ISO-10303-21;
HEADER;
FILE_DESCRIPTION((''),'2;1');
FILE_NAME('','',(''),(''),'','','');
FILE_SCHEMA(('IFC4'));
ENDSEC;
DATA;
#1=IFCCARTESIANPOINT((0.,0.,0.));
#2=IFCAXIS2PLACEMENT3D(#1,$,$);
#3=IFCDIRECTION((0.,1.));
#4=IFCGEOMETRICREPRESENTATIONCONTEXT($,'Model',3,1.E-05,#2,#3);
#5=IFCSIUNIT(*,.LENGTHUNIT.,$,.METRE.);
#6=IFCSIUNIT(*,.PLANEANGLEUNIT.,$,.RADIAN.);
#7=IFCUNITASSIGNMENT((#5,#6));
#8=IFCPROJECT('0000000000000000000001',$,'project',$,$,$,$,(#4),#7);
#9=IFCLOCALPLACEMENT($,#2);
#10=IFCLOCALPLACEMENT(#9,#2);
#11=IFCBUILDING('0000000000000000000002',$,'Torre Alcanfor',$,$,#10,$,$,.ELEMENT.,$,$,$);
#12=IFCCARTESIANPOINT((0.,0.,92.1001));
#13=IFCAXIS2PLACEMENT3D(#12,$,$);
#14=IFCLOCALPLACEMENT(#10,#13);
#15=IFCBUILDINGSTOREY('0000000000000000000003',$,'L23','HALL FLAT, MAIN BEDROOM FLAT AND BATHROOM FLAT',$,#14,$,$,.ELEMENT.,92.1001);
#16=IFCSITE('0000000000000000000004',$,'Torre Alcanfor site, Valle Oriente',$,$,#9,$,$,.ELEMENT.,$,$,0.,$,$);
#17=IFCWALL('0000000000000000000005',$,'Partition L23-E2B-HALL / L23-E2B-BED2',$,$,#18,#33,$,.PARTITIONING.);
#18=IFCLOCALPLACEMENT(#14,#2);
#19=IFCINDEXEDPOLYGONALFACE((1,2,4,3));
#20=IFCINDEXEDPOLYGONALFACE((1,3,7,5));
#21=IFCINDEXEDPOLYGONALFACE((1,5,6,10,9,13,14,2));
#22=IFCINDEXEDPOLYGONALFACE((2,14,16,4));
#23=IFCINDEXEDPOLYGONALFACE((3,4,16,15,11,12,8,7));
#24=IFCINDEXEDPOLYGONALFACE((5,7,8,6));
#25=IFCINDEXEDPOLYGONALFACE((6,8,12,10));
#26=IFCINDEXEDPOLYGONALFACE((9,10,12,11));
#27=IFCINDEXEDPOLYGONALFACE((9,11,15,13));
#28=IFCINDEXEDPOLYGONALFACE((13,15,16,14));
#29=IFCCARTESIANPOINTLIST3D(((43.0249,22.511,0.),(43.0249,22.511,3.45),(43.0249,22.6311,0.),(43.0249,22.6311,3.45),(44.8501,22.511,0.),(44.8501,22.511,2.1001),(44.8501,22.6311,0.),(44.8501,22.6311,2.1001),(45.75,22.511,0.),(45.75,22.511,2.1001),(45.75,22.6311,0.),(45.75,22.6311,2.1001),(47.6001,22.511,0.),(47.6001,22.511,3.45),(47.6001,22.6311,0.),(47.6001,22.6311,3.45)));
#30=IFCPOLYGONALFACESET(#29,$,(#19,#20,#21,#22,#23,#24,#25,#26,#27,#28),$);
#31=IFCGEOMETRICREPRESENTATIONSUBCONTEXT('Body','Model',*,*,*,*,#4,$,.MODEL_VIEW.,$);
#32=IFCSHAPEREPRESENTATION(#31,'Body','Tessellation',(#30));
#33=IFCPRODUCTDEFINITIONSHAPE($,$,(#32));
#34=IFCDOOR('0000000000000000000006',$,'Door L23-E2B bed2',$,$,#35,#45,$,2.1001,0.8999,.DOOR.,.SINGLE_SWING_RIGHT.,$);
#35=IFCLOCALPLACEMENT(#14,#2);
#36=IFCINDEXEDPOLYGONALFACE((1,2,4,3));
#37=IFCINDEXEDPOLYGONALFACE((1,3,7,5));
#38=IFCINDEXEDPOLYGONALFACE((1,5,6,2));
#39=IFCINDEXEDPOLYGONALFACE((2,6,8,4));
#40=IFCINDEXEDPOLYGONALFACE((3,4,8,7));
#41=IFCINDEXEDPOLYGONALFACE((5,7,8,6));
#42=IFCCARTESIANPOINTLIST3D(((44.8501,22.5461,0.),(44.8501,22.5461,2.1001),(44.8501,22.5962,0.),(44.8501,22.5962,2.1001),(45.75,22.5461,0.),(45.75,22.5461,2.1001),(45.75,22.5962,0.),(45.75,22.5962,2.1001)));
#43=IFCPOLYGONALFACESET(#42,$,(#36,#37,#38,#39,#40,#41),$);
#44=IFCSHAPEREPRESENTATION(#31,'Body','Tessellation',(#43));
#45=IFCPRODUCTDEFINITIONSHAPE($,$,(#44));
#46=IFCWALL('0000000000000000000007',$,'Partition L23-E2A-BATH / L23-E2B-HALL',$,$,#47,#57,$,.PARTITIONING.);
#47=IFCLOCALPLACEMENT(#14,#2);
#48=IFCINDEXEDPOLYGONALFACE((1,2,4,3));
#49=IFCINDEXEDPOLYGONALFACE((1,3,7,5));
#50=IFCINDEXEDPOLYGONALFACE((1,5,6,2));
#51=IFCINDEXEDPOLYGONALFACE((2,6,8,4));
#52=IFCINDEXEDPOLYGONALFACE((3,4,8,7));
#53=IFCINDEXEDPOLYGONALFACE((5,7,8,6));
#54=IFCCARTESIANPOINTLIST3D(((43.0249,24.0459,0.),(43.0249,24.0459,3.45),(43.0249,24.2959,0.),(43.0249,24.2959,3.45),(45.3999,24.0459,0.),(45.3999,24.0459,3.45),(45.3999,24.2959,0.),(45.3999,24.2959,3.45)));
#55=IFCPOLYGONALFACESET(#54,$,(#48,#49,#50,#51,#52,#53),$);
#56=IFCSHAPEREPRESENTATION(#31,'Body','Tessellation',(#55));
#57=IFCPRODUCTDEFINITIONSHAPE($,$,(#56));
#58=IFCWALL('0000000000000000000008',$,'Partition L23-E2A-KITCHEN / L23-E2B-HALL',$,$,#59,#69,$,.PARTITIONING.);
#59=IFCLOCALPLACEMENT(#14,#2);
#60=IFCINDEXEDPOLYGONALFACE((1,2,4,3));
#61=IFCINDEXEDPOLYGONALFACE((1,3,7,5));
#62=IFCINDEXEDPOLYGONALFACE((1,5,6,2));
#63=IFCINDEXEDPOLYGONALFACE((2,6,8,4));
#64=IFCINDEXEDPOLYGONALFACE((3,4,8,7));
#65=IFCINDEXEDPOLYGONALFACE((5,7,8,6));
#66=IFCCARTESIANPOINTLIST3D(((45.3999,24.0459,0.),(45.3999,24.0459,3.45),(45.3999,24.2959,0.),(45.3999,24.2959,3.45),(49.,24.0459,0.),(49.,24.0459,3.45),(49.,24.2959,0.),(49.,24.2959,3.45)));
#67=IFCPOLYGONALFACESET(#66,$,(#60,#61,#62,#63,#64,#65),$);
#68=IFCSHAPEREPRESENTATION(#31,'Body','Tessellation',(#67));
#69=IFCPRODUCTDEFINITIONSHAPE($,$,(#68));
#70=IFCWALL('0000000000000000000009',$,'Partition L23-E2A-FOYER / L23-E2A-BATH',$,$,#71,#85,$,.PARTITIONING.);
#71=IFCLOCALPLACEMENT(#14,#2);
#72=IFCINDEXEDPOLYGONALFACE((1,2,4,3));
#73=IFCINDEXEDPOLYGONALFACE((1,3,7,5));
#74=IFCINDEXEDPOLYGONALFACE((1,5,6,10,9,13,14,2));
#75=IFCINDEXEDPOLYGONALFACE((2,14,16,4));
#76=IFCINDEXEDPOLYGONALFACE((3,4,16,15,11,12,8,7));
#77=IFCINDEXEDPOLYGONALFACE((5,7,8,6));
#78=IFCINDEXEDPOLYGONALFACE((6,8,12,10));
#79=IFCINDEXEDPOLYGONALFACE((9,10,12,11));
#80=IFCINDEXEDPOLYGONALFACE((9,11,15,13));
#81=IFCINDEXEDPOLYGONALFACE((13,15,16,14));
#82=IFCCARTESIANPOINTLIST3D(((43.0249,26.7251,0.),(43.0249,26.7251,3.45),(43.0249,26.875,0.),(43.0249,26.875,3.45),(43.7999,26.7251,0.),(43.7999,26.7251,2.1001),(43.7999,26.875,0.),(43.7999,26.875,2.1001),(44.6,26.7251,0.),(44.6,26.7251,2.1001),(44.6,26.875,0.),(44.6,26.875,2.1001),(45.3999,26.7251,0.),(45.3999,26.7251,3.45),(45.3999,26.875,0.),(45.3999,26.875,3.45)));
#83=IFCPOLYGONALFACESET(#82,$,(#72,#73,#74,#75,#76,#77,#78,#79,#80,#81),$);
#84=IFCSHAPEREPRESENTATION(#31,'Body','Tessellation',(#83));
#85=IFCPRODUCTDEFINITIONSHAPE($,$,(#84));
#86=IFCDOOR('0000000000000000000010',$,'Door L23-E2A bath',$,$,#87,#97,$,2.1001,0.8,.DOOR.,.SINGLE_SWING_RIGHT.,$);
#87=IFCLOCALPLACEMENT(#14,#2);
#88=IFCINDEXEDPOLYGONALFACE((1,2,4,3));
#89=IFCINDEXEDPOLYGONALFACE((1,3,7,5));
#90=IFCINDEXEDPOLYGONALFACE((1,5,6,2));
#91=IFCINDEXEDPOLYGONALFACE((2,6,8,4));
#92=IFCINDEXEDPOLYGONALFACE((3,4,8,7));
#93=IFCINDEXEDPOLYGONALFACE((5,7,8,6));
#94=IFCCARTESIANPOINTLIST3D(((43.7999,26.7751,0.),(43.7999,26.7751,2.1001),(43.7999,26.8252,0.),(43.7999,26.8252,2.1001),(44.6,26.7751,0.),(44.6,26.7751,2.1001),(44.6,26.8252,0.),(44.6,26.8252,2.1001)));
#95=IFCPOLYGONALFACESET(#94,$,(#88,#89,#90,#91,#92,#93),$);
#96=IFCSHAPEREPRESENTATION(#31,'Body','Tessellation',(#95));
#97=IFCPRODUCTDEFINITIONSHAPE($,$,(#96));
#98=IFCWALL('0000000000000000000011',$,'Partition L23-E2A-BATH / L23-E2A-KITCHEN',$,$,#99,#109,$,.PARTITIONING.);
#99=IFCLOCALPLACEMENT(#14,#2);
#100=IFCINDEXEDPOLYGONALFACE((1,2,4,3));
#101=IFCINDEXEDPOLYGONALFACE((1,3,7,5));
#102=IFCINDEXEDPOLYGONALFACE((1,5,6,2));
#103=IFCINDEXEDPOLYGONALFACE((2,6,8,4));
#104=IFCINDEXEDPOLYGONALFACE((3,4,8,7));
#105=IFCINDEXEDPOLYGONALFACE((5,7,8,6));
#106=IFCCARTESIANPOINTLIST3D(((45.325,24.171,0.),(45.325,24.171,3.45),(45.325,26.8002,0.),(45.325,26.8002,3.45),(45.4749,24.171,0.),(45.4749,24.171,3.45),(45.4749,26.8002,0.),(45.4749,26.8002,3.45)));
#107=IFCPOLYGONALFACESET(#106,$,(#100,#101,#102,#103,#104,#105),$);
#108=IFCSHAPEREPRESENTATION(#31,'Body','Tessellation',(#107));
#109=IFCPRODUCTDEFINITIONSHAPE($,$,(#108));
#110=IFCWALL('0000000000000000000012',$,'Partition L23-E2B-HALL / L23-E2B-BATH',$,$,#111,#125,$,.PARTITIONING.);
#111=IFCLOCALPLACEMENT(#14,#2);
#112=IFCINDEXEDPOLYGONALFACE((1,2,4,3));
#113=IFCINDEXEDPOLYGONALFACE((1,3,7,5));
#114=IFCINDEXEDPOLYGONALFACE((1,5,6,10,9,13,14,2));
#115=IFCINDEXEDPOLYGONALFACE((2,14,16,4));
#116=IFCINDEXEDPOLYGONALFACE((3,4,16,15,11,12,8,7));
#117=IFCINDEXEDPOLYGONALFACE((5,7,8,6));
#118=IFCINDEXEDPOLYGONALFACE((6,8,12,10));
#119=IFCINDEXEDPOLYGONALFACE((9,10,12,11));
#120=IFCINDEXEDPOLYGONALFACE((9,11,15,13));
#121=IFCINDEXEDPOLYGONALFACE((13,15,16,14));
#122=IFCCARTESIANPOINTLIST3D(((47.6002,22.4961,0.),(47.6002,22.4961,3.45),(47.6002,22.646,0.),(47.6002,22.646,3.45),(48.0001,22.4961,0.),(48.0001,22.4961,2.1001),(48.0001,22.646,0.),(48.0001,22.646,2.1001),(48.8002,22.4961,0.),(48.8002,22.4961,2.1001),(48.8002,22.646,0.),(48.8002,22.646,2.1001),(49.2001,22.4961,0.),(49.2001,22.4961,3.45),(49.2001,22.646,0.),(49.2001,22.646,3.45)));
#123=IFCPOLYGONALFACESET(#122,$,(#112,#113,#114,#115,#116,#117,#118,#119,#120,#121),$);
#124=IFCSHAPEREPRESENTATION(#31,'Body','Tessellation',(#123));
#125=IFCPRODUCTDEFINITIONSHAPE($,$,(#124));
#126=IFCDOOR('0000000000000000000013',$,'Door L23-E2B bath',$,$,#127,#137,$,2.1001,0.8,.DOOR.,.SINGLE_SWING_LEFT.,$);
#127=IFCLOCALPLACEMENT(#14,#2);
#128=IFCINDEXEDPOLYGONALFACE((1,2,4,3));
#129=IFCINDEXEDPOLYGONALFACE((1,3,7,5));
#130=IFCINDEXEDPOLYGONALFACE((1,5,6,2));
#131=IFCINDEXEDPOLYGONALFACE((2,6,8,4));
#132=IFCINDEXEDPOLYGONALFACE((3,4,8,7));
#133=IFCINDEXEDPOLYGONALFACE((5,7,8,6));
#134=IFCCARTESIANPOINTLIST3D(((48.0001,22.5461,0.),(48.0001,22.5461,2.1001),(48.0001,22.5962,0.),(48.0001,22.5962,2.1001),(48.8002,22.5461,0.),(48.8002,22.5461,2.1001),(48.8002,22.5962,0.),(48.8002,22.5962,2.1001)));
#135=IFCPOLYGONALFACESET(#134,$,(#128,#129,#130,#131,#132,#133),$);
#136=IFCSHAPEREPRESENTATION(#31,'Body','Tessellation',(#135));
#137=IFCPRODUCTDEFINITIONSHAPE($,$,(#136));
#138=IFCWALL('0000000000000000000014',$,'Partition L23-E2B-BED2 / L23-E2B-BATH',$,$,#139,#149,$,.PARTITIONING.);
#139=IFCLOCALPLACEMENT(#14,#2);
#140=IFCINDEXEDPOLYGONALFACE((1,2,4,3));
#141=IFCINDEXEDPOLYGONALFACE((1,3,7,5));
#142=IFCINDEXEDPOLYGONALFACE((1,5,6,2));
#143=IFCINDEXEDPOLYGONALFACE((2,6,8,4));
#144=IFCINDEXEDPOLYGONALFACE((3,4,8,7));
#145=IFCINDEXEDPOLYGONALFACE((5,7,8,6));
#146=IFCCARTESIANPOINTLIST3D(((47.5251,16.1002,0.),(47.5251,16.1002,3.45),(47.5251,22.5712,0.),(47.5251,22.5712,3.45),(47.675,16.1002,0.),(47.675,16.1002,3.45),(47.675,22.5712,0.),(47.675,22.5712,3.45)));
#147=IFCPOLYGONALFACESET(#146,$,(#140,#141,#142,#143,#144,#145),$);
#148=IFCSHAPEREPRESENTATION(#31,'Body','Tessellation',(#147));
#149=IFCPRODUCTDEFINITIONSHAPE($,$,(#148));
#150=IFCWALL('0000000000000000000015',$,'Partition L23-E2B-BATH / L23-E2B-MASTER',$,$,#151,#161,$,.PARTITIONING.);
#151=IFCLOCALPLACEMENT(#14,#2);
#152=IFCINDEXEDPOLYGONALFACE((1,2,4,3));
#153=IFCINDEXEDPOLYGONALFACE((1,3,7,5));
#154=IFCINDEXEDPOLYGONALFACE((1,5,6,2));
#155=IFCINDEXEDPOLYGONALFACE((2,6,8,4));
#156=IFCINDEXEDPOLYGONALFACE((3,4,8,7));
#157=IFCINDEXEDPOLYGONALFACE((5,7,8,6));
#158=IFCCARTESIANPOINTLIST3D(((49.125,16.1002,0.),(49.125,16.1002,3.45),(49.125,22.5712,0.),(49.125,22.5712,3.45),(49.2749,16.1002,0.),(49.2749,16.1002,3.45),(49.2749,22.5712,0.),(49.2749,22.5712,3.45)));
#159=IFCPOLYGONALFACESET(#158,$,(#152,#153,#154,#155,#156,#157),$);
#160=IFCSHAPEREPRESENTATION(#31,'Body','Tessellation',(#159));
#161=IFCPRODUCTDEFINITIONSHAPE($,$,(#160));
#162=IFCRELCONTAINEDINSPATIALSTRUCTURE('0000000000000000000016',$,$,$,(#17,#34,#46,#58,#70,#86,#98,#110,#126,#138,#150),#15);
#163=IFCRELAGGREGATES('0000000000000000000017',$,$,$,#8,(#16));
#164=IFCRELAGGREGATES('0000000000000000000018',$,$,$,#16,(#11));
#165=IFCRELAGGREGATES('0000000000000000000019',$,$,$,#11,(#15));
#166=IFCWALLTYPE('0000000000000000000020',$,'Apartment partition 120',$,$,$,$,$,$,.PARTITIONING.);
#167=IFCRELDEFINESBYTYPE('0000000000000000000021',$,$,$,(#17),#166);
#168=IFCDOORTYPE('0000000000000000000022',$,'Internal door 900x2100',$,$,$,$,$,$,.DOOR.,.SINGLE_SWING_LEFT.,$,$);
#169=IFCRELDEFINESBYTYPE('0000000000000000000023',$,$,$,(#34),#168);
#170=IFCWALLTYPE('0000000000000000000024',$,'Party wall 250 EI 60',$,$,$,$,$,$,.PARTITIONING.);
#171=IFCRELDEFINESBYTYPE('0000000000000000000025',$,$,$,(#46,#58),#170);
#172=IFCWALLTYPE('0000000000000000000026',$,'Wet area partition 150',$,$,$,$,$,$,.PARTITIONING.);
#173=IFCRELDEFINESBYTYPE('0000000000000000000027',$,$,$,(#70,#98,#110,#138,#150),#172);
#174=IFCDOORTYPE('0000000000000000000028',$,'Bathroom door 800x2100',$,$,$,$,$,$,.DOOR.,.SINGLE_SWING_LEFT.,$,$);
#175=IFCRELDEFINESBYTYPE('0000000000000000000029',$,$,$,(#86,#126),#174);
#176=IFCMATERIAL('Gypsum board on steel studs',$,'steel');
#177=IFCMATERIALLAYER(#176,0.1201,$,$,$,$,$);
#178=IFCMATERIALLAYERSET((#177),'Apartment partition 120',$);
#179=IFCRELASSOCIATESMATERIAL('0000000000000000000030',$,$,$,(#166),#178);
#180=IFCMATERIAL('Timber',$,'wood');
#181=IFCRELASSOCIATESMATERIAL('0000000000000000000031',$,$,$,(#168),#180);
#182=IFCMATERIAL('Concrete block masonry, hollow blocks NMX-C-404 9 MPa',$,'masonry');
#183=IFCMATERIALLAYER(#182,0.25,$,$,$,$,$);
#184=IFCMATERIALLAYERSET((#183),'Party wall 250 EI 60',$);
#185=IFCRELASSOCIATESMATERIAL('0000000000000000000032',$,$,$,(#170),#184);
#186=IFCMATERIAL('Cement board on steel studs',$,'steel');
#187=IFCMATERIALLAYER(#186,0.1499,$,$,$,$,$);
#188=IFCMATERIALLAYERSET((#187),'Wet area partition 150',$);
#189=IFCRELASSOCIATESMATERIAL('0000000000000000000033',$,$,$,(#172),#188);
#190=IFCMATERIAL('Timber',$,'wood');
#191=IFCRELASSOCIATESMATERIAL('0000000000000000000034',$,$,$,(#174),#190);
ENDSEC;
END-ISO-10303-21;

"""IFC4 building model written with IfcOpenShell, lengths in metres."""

from ifc_helpers import new_model, si_unit, direction, frame, frame_2d, origin, place, context, subcontext, project, spatial, rectangle, extrude, material, layer, layer_set, type_object, element, fill, save


model = new_model("IFC4")

# Units and contexts
model_context = context("Model", 3, precision=1e-05, world=origin(), true_north=direction((0.0, 1.0)))
body_context = subcontext(model_context, "Body", "Model", "MODEL_VIEW")
ifc_project = project(units=[si_unit("LENGTHUNIT", "METRE"), si_unit("PLANEANGLEUNIT", "RADIAN")], contexts=[model_context])

# Site, building, storey
site_placement = place(None, origin())
site = spatial("IfcSite", under=ifc_project, at=site_placement, Name="Torre Alcanfor site, Valle Oriente", CompositionType="ELEMENT", RefElevation=0.0)
building_placement = place(site_placement, origin())
building = spatial("IfcBuilding", under=site, at=building_placement, Name="Torre Alcanfor", CompositionType="ELEMENT")
storey_placement = place(building_placement, frame((0.0, 0.0, 92.1001)))
storey = spatial("IfcBuildingStorey", under=building, at=storey_placement, Name="L23", Description="HALL FLAT, MAIN BEDROOM FLAT AND BATHROOM FLAT", CompositionType="ELEMENT", Elevation=92.1001)

# Wall, opening, door
ifc_material_1 = material(Name="Gypsum board on steel studs", Category="steel")
ifc_layer_1 = layer(ifc_material_1, 0.1201)
ifc_layer_set_1 = layer_set([ifc_layer_1], Name="Apartment partition 120")
wall_type_1 = type_object("IfcWallType", Name="Apartment partition 120", PredefinedType="PARTITIONING", material=ifc_layer_set_1)
wall_1_placement = place(storey_placement, frame((47.6001, 22.571, 0.0), z_axis=(0.0, 0.0, 1.0), x_axis=(-1.0, 0.0, 0.0)))
wall_1 = element("IfcWall", 1, at=wall_1_placement, inside=storey, type_object=wall_type_1, Name="Partition L23-E2B-HALL / L23-E2B-BED2", PredefinedType="PARTITIONING", context=body_context, shape_type="SweptSolid", body=[
    extrude(rectangle(XDim=4.5752, YDim=0.1201, at=frame_2d((2.2876, 0.0))), origin(), (0.0, 0.0, 1.0), 3.45),
])
opening_1_placement = place(wall_1_placement, frame((1.8501, 0.0, 0.0)))
opening_1 = element("IfcOpeningElement", 2, at=opening_1_placement, cuts=wall_1, PredefinedType="OPENING", context=body_context, shape_type="SweptSolid", body=[
    extrude(rectangle(XDim=0.8999, YDim=2.1001, at=frame_2d((0.45, 1.05))), frame((0.0, 0.0701, 0.0), z_axis=(0.0, -1.0, 0.0), x_axis=(1.0, 0.0, 0.0)), (0.0, 0.0, 1.0), 0.1401),
])
ifc_material_2 = material(Name="Timber", Category="wood")
door_type_1 = type_object("IfcDoorType", Name="Internal door 900x2100", OperationType="SINGLE_SWING_LEFT", PredefinedType="DOOR", material=ifc_material_2)
door_1_placement = place(opening_1_placement, origin())
door_1 = element("IfcDoor", 3, at=door_1_placement, inside=storey, type_object=door_type_1, Name="Door L23-E2B bed2", OperationType="SINGLE_SWING_RIGHT", OverallHeight=2.1001, OverallWidth=0.8999, PredefinedType="DOOR", context=body_context, shape_type="SweptSolid", body=[
    extrude(rectangle(XDim=0.8999, YDim=2.1001, at=frame_2d((0.45, 1.05))), frame((0.0, 0.0249, 0.0), z_axis=(0.0, -1.0, 0.0), x_axis=(1.0, 0.0, 0.0)), (0.0, 0.0, 1.0), 0.05),
])
fill(opening_1, door_1)

# Walls
ifc_material_3 = material(Name="Concrete block masonry, hollow blocks NMX-C-404 9 MPa", Category="masonry")
ifc_layer_2 = layer(ifc_material_3, 0.25)
ifc_layer_set_2 = layer_set([ifc_layer_2], Name="Party wall 250 EI 60")
wall_type_2 = type_object("IfcWallType", Name="Party wall 250 EI 60", PredefinedType="PARTITIONING", material=ifc_layer_set_2)
wall_2_placement = place(storey_placement, frame((45.3999, 24.1709, 0.0), z_axis=(0.0, 0.0, 1.0), x_axis=(-1.0, 0.0, 0.0)))
element("IfcWall", 4, at=wall_2_placement, inside=storey, type_object=wall_type_2, Name="Partition L23-E2A-BATH / L23-E2B-HALL", PredefinedType="PARTITIONING", context=body_context, shape_type="SweptSolid", body=[
    extrude(rectangle(XDim=2.375, YDim=0.25, at=frame_2d((1.1875, 0.0))), origin(), (0.0, 0.0, 1.0), 3.45),
])
wall_3_placement = place(storey_placement, frame((49.0, 24.1709, 0.0), z_axis=(0.0, 0.0, 1.0), x_axis=(-1.0, 0.0, 0.0)))
element("IfcWall", 5, at=wall_3_placement, inside=storey, type_object=wall_type_2, Name="Partition L23-E2A-KITCHEN / L23-E2B-HALL", PredefinedType="PARTITIONING", context=body_context, shape_type="SweptSolid", body=[
    extrude(rectangle(XDim=3.6001, YDim=0.25, at=frame_2d((1.8, 0.0))), origin(), (0.0, 0.0, 1.0), 3.45),
])

# Wall, opening, door
ifc_material_4 = material(Name="Cement board on steel studs", Category="steel")
ifc_layer_3 = layer(ifc_material_4, 0.1499)
ifc_layer_set_3 = layer_set([ifc_layer_3], Name="Wet area partition 150")
wall_type_3 = type_object("IfcWallType", Name="Wet area partition 150", PredefinedType="PARTITIONING", material=ifc_layer_set_3)
wall_4_placement = place(storey_placement, frame((45.3999, 26.8, 0.0), z_axis=(0.0, 0.0, 1.0), x_axis=(-1.0, 0.0, 0.0)))
wall_4 = element("IfcWall", 6, at=wall_4_placement, inside=storey, type_object=wall_type_3, Name="Partition L23-E2A-FOYER / L23-E2A-BATH", PredefinedType="PARTITIONING", context=body_context, shape_type="SweptSolid", body=[
    extrude(rectangle(XDim=2.375, YDim=0.1499, at=frame_2d((1.1875, 0.0))), origin(), (0.0, 0.0, 1.0), 3.45),
])
opening_2_placement = place(wall_4_placement, frame((0.8, 0.0, 0.0)))
opening_2 = element("IfcOpeningElement", 7, at=opening_2_placement, cuts=wall_4, PredefinedType="OPENING", context=body_context, shape_type="SweptSolid", body=[
    extrude(rectangle(XDim=0.8, YDim=2.1001, at=frame_2d((0.3999, 1.05))), frame((0.0, 0.085, 0.0), z_axis=(0.0, -1.0, 0.0), x_axis=(1.0, 0.0, 0.0)), (0.0, 0.0, 1.0), 0.1699),
])
ifc_material_5 = material(Name="Timber", Category="wood")
door_type_2 = type_object("IfcDoorType", Name="Bathroom door 800x2100", OperationType="SINGLE_SWING_LEFT", PredefinedType="DOOR", material=ifc_material_5)
door_2_placement = place(opening_2_placement, origin())
door_2 = element("IfcDoor", 8, at=door_2_placement, inside=storey, type_object=door_type_2, Name="Door L23-E2A bath", OperationType="SINGLE_SWING_RIGHT", OverallHeight=2.1001, OverallWidth=0.8, PredefinedType="DOOR", context=body_context, shape_type="SweptSolid", body=[
    extrude(rectangle(XDim=0.8, YDim=2.1001, at=frame_2d((0.3999, 1.05))), frame((0.0, 0.0249, 0.0), z_axis=(0.0, -1.0, 0.0), x_axis=(1.0, 0.0, 0.0)), (0.0, 0.0, 1.0), 0.05),
])
fill(opening_2, door_2)

# Wall
wall_5_placement = place(storey_placement, frame((45.3999, 26.8, 0.0), z_axis=(0.0, 0.0, 1.0), x_axis=(0.0, -1.0, 0.0)))
element("IfcWall", 9, at=wall_5_placement, inside=storey, type_object=wall_type_3, Name="Partition L23-E2A-BATH / L23-E2A-KITCHEN", PredefinedType="PARTITIONING", context=body_context, shape_type="SweptSolid", body=[
    extrude(rectangle(XDim=2.6292, YDim=0.1499, at=frame_2d((1.3145, 0.0))), origin(), (0.0, 0.0, 1.0), 3.45),
])

# Wall, opening, door
wall_6_placement = place(storey_placement, frame((49.2, 22.571, 0.0), z_axis=(0.0, 0.0, 1.0), x_axis=(-1.0, 0.0, 0.0)))
wall_6 = element("IfcWall", 10, at=wall_6_placement, inside=storey, type_object=wall_type_3, Name="Partition L23-E2B-HALL / L23-E2B-BATH", PredefinedType="PARTITIONING", context=body_context, shape_type="SweptSolid", body=[
    extrude(rectangle(XDim=1.5999, YDim=0.1499, at=frame_2d((0.7998, 0.0))), origin(), (0.0, 0.0, 1.0), 3.45),
])
opening_3_placement = place(wall_6_placement, frame((0.3999, 0.0, 0.0)))
opening_3 = element("IfcOpeningElement", 11, at=opening_3_placement, cuts=wall_6, PredefinedType="OPENING", context=body_context, shape_type="SweptSolid", body=[
    extrude(rectangle(XDim=0.8, YDim=2.1001, at=frame_2d((0.3999, 1.05))), frame((0.0, 0.085, 0.0), z_axis=(0.0, -1.0, 0.0), x_axis=(1.0, 0.0, 0.0)), (0.0, 0.0, 1.0), 0.1699),
])
door_3_placement = place(opening_3_placement, origin())
door_3 = element("IfcDoor", 12, at=door_3_placement, inside=storey, type_object=door_type_2, Name="Door L23-E2B bath", OperationType="SINGLE_SWING_LEFT", OverallHeight=2.1001, OverallWidth=0.8, PredefinedType="DOOR", context=body_context, shape_type="SweptSolid", body=[
    extrude(rectangle(XDim=0.8, YDim=2.1001, at=frame_2d((0.3999, 1.05))), frame((0.0, 0.0249, 0.0), z_axis=(0.0, -1.0, 0.0), x_axis=(1.0, 0.0, 0.0)), (0.0, 0.0, 1.0), 0.05),
])
fill(opening_3, door_3)

# Walls
for number, where, z_axis, x_axis, name in (
    (13, (47.6001, 22.571, 0.0), (0.0, 0.0, 1.0), (0.0, -1.0, 0.0), "Partition L23-E2B-BED2 / L23-E2B-BATH"),
    (14, (49.2, 22.571, 0.0), (0.0, 0.0, 1.0), (0.0, -1.0, 0.0), "Partition L23-E2B-BATH / L23-E2B-MASTER"),
):
    element("IfcWall", number, at=place(storey_placement, frame(where, z_axis=z_axis, x_axis=x_axis)), inside=storey, type_object=wall_type_3, Name=name, PredefinedType="PARTITIONING", context=body_context, shape_type="SweptSolid", body=[
        extrude(rectangle(XDim=6.4709, YDim=0.1499, at=frame_2d((3.2354, 0.0))), origin(), (0.0, 0.0, 1.0), 3.45),
    ])

save(model, "model.ifc")
